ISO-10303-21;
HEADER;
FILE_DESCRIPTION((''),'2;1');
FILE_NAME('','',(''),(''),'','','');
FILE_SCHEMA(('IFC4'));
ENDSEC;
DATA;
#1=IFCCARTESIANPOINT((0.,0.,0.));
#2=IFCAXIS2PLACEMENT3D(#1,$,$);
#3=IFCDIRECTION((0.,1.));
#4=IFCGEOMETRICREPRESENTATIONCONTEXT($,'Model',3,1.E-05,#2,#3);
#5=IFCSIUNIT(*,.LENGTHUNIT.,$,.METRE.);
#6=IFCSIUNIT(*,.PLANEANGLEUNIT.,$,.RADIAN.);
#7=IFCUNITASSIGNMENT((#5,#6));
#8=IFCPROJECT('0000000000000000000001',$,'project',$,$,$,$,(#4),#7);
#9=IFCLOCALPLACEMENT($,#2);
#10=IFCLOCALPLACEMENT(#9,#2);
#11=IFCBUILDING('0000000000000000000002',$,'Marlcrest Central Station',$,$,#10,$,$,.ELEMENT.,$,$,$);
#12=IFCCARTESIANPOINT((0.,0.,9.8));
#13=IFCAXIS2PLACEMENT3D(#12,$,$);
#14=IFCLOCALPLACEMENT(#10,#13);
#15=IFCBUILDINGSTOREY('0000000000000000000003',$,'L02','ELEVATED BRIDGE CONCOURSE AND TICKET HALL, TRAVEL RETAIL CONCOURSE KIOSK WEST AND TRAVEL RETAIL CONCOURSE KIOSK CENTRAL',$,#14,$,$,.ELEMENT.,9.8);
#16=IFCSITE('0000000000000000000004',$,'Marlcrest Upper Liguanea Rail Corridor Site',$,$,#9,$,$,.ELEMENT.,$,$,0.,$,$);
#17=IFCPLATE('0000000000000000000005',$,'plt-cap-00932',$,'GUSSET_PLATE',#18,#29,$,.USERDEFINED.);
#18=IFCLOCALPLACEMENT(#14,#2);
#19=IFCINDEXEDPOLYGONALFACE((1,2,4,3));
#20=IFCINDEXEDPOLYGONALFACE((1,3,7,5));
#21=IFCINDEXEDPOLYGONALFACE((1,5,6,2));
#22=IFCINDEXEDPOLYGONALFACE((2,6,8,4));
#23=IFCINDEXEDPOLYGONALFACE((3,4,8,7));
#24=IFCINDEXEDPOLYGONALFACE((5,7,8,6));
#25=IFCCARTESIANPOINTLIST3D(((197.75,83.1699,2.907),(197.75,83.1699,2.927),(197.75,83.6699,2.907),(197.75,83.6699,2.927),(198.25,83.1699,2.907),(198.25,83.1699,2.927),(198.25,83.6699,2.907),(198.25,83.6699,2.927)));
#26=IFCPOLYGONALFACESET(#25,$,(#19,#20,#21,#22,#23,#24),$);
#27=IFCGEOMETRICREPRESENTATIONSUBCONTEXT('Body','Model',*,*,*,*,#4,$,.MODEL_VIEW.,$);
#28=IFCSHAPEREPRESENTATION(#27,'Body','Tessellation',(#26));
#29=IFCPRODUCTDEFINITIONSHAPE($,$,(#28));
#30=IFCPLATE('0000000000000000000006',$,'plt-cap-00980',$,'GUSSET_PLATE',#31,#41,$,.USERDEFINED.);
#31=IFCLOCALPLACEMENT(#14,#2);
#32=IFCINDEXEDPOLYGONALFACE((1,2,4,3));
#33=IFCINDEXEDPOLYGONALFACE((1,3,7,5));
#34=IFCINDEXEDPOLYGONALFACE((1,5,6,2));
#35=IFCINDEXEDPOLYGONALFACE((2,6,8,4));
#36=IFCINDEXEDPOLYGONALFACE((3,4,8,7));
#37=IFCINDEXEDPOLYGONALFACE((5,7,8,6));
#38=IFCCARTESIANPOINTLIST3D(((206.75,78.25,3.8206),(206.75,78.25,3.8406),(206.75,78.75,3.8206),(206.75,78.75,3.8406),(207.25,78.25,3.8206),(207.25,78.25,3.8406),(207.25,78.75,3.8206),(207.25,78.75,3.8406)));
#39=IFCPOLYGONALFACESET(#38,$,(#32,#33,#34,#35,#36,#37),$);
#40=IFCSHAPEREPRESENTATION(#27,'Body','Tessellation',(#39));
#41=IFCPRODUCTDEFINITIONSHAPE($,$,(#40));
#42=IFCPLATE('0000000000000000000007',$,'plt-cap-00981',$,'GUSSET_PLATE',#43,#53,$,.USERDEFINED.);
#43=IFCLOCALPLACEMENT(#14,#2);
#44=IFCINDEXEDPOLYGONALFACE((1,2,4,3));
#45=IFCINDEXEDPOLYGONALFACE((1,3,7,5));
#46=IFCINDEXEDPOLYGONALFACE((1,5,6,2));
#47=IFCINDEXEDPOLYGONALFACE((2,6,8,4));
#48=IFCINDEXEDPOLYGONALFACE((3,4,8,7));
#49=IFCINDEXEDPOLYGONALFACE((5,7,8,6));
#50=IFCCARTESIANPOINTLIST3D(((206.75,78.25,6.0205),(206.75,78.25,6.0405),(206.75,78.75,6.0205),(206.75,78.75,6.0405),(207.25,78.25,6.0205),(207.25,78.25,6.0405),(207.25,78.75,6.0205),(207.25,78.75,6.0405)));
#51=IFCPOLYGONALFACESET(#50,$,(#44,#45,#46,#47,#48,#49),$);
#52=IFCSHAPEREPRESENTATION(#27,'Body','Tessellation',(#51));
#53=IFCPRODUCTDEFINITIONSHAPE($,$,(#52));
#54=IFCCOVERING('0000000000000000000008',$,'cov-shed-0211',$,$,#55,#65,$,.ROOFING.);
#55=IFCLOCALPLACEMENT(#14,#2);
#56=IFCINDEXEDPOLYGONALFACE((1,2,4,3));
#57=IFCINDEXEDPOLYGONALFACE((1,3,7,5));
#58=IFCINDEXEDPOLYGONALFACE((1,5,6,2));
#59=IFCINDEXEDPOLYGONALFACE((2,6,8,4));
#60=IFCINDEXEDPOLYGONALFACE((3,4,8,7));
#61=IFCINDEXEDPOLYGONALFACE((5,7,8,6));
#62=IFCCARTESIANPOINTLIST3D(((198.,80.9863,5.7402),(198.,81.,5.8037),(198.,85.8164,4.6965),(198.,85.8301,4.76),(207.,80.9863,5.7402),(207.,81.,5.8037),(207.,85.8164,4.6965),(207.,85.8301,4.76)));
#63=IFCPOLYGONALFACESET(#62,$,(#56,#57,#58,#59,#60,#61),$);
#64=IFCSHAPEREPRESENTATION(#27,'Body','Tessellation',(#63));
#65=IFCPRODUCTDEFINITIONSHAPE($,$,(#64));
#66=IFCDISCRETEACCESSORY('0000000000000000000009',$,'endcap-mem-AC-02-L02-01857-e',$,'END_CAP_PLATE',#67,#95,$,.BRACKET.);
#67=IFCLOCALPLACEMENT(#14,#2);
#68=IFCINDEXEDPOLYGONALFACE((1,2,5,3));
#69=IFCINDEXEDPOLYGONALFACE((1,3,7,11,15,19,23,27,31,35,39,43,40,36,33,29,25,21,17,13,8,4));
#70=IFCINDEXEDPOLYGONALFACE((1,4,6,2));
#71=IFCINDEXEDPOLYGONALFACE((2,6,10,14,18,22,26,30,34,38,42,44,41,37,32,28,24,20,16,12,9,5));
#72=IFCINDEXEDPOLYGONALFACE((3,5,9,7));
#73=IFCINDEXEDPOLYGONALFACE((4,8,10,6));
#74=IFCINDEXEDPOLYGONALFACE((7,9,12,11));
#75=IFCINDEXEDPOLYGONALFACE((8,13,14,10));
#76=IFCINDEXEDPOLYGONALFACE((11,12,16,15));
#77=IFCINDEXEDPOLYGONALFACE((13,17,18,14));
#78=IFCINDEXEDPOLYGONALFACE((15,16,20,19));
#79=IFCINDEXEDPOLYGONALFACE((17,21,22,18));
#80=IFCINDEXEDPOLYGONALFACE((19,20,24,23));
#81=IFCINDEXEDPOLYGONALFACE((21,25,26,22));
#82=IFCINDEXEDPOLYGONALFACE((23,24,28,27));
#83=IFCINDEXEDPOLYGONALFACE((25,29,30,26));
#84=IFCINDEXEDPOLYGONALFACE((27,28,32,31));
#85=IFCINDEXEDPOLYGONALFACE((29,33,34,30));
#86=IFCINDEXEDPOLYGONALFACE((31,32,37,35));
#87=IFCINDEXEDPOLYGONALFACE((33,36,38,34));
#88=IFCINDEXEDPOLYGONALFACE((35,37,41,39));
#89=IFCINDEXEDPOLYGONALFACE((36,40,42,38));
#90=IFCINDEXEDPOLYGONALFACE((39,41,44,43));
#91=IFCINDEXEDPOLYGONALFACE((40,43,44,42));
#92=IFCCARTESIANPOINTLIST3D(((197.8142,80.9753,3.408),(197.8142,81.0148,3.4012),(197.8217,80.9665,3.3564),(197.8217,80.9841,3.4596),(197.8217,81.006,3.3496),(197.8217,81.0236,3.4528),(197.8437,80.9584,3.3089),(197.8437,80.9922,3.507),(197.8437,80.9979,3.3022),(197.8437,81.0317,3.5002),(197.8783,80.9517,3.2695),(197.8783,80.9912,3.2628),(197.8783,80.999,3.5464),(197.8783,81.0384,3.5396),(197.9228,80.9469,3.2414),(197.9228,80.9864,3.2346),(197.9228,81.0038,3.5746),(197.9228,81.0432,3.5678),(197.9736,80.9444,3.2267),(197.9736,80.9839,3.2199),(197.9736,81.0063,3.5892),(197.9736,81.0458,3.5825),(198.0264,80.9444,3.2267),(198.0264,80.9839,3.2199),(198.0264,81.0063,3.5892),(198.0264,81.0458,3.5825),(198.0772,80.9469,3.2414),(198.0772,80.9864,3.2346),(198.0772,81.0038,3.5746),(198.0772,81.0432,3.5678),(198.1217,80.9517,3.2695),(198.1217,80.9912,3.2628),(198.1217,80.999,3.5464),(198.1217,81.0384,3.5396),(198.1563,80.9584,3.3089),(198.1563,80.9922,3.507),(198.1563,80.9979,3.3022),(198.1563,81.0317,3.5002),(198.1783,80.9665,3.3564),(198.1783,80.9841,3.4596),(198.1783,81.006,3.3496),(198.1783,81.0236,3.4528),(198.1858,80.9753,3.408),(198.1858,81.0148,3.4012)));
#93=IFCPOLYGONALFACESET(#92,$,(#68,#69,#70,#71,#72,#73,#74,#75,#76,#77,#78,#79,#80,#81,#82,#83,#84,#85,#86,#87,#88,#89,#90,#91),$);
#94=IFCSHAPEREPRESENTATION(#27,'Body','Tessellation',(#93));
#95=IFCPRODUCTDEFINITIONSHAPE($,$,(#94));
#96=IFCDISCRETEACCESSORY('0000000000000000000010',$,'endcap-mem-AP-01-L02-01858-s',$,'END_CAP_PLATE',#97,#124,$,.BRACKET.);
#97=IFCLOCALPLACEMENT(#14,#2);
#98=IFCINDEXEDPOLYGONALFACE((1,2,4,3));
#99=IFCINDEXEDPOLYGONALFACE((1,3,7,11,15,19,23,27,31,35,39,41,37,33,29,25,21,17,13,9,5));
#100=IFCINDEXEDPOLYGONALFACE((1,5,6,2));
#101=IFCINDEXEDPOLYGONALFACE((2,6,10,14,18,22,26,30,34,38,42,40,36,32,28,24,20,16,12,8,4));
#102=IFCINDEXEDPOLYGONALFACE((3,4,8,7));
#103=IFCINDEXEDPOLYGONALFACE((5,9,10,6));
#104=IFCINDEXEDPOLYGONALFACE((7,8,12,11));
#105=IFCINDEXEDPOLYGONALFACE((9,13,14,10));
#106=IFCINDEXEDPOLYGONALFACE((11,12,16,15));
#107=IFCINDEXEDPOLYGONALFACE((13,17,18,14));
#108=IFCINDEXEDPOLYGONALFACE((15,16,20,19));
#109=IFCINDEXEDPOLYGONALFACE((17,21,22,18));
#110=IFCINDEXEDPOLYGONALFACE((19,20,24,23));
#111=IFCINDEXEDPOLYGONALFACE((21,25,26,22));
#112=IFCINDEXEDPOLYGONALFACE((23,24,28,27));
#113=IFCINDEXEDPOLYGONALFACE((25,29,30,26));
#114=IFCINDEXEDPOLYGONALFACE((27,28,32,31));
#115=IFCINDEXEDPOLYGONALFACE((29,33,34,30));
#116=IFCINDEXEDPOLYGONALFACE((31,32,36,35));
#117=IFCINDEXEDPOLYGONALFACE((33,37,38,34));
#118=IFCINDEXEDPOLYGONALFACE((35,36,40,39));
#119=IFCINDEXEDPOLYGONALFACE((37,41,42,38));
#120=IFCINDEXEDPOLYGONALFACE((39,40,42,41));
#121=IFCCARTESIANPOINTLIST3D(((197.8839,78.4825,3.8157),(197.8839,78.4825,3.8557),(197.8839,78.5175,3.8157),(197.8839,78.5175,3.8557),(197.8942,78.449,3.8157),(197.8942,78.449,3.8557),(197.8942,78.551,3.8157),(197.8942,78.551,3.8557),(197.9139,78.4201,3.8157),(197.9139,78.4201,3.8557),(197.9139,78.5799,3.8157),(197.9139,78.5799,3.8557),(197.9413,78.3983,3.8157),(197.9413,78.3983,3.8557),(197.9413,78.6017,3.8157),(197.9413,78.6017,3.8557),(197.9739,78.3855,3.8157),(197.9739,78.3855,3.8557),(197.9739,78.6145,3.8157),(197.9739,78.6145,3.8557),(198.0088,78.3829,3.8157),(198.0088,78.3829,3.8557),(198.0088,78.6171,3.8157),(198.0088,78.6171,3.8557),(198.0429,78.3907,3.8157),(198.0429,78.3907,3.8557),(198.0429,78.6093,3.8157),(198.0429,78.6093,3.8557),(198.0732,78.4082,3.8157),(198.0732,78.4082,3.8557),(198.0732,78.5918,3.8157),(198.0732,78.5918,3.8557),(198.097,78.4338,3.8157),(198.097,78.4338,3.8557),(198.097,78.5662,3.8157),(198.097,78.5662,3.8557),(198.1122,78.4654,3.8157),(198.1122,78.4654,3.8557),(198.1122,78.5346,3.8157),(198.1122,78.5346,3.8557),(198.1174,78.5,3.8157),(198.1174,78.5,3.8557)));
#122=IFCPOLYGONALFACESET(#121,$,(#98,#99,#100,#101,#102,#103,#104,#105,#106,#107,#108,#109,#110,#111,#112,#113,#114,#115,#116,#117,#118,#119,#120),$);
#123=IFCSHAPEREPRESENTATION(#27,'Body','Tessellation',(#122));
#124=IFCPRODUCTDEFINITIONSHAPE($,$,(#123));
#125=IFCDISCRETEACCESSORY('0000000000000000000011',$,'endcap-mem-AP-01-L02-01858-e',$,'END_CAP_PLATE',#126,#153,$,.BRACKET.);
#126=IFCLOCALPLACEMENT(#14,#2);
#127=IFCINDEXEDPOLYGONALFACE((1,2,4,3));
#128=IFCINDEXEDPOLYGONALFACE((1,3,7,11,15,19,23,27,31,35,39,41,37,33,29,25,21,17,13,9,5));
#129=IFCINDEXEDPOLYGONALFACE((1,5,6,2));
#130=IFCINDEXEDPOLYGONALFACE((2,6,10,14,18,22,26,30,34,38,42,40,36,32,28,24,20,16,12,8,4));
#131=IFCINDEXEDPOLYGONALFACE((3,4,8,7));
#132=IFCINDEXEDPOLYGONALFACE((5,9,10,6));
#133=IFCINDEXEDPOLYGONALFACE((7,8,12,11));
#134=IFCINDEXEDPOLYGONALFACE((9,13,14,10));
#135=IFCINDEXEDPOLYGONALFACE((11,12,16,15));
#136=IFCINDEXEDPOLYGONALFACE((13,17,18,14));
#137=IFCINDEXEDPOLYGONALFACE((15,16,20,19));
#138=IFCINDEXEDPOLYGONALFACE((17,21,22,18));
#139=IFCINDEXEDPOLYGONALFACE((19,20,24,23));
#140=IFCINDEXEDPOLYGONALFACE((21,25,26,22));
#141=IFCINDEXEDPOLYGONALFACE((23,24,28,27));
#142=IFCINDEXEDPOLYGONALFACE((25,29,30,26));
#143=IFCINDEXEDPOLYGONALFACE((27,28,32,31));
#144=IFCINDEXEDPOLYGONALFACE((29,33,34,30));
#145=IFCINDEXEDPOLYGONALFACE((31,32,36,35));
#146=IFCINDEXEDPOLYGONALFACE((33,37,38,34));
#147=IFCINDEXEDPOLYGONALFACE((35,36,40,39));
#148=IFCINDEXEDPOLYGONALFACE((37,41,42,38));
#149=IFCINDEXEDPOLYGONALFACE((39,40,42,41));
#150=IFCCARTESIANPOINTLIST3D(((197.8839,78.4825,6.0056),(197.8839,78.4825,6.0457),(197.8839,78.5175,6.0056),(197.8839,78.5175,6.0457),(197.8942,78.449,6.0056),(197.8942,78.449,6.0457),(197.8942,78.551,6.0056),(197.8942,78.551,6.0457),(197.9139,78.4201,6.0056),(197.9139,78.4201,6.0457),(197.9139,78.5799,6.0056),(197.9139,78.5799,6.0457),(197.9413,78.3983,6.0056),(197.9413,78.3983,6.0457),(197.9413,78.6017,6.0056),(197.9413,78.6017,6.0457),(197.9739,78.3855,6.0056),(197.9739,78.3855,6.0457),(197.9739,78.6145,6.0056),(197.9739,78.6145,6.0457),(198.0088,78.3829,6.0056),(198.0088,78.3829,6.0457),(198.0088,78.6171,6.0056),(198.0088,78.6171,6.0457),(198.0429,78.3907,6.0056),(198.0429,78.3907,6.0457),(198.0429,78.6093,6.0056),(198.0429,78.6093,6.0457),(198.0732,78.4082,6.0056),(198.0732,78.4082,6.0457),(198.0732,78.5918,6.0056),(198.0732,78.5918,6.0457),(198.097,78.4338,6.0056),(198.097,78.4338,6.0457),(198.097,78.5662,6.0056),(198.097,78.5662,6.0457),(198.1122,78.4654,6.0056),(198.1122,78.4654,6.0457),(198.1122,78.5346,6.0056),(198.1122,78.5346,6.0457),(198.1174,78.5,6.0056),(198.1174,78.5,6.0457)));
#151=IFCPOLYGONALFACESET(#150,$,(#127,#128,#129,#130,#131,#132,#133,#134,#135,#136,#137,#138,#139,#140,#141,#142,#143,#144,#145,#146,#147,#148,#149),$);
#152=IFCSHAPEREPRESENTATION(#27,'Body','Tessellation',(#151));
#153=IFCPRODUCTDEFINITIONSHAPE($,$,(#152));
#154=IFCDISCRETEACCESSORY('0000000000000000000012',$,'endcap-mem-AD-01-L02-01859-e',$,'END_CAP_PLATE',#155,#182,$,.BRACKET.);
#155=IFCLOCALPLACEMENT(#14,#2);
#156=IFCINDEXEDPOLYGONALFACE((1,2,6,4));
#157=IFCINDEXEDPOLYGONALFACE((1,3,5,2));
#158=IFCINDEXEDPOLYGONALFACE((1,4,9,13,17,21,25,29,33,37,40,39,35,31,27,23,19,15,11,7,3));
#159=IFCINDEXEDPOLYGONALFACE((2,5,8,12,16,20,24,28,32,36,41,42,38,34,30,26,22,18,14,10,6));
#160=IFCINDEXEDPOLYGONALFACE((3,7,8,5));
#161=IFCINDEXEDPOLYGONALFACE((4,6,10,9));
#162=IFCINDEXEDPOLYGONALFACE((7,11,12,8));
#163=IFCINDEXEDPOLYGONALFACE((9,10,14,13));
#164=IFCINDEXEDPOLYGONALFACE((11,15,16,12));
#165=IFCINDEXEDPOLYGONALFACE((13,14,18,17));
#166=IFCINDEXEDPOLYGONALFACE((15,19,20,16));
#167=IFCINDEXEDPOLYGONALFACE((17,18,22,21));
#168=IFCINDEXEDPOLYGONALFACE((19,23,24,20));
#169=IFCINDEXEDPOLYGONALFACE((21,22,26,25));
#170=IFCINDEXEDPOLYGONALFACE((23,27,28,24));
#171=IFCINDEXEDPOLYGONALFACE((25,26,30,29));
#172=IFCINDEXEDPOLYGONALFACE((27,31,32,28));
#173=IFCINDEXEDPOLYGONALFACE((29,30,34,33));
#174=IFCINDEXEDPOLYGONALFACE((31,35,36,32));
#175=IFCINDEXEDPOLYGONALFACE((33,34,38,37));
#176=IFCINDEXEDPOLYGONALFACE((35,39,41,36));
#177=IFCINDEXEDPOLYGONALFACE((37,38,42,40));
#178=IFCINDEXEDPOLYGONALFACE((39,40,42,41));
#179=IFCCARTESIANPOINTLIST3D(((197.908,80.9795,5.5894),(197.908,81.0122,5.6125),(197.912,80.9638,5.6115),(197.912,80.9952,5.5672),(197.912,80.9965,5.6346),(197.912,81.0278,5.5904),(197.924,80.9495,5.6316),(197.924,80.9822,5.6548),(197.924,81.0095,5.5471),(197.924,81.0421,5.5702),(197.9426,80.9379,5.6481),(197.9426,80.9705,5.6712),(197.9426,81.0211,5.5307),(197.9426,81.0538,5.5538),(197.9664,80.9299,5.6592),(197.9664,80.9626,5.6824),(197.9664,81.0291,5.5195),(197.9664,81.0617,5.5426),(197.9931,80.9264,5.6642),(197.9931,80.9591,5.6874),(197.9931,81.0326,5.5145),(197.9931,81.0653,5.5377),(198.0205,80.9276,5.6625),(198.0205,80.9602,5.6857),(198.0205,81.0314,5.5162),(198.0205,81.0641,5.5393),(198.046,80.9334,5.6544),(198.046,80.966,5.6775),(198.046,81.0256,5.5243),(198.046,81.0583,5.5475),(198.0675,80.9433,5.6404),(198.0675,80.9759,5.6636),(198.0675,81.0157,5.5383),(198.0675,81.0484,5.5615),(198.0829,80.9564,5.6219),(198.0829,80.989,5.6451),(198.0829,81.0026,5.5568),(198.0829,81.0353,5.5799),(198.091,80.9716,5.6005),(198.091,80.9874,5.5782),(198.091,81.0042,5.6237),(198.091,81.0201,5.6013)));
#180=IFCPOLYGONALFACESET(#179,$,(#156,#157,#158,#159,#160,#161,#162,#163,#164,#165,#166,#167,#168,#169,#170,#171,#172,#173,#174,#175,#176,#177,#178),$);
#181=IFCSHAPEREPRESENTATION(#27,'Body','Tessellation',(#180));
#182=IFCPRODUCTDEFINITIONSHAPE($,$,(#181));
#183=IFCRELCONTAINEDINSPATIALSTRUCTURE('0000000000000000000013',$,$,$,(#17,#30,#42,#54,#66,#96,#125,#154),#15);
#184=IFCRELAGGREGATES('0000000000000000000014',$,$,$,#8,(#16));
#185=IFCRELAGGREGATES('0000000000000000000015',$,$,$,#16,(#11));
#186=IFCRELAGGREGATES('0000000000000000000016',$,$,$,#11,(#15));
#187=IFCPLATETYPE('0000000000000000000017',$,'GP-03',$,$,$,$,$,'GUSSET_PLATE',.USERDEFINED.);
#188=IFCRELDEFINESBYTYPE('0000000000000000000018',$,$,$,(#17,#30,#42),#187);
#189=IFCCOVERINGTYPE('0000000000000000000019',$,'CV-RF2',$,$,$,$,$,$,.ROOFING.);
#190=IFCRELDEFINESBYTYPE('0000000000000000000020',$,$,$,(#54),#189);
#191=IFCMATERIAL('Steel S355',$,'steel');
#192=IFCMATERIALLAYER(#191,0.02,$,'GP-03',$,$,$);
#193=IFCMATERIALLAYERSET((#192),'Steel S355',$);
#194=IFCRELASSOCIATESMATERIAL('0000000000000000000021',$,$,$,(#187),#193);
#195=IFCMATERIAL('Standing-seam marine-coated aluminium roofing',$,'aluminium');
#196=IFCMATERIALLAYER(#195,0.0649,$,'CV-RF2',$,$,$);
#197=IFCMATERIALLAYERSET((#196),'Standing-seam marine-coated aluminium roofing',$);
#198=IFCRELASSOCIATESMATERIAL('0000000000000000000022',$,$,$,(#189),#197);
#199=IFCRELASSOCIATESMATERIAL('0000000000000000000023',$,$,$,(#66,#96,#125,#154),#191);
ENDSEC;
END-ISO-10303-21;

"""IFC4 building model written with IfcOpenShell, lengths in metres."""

from ifc_helpers import new_model, si_unit, direction, frame, origin, origin_2d, place, context, subcontext, project, spatial, polyline, rectangle, circle, outline, extrude, material, layer, layer_set, type_object, element, save


model = new_model("IFC4")

# Units and contexts
model_context = context("Model", 3, precision=1e-05, world=origin(), true_north=direction((0.0, 1.0)))
body_context = subcontext(model_context, "Body", "Model", "MODEL_VIEW")
ifc_project = project(units=[si_unit("LENGTHUNIT", "METRE"), si_unit("PLANEANGLEUNIT", "RADIAN")], contexts=[model_context])

# Site, building, storey
site_placement = place(None, origin())
site = spatial("IfcSite", under=ifc_project, at=site_placement, Name="Marlcrest Upper Liguanea Rail Corridor Site", CompositionType="ELEMENT", RefElevation=0.0)
building_placement = place(site_placement, origin())
building = spatial("IfcBuilding", under=site, at=building_placement, Name="Marlcrest Central Station", CompositionType="ELEMENT")
storey_placement = place(building_placement, frame((0.0, 0.0, 9.8)))
storey = spatial("IfcBuildingStorey", under=building, at=storey_placement, Name="L02", Description="ELEVATED BRIDGE CONCOURSE AND TICKET HALL, TRAVEL RETAIL CONCOURSE KIOSK WEST AND TRAVEL RETAIL CONCOURSE KIOSK CENTRAL", CompositionType="ELEMENT", Elevation=9.8)

# Shared definitions
ifc_material_1 = material(Name="Steel S355", Category="steel")

# Plates
ifc_layer_1 = layer(ifc_material_1, 0.02, Name="GP-03")
ifc_layer_set_1 = layer_set([ifc_layer_1], Name="Steel S355")
plate_type = type_object("IfcPlateType", Name="GP-03", ElementType="GUSSET_PLATE", PredefinedType="USERDEFINED", material=ifc_layer_set_1)
for number, where, z_axis, x_axis, name in (
    (1, (198.0, 83.4199, 2.907), (0.0, 0.0, 1.0), (1.0, 0.0, 0.0), "plt-cap-00932"),
    (2, (207.0, 78.5, 3.8206), (0.0, 0.0, 1.0), (1.0, 0.0, 0.0), "plt-cap-00980"),
    (3, (207.0, 78.5, 6.0205), (0.0, 0.0, 1.0), (1.0, 0.0, 0.0), "plt-cap-00981"),
):
    element("IfcPlate", number, at=place(storey_placement, frame(where, z_axis=z_axis, x_axis=x_axis)), inside=storey, type_object=plate_type, Name=name, ObjectType="GUSSET_PLATE", PredefinedType="USERDEFINED", context=body_context, shape_type="SweptSolid", body=[
        extrude(rectangle(XDim=0.5, YDim=0.5, at=origin_2d()), origin(), (0.0, 0.0, 1.0), 0.02),
    ])

# Covering
ifc_material_2 = material(Name="Standing-seam marine-coated aluminium roofing", Category="aluminium")
ifc_layer_2 = layer(ifc_material_2, 0.0649, Name="CV-RF2")
ifc_layer_set_2 = layer_set([ifc_layer_2], Name="Standing-seam marine-coated aluminium roofing")
covering_type = type_object("IfcCoveringType", Name="CV-RF2", PredefinedType="ROOFING", material=ifc_layer_set_2)
covering_placement = place(storey_placement, frame((198.0, 81.0, 5.8037), z_axis=(0.0, 0.211209, 0.977441), x_axis=(1.0, 0.0, 0.0)))
element("IfcCovering", 4, at=covering_placement, inside=storey, type_object=covering_type, Name="cov-shed-0211", PredefinedType="ROOFING", context=body_context, shape_type="SweptSolid", body=[
    extrude(outline(polyline([(0.0, 0.0), (9.0, 0.0), (9.0, 4.9416), (0.0, 4.9416), (0.0, 0.0)])), origin(), (0.0, 0.0, -1.0), 0.0649),
])

# Discrete accessories
discrete_accessory_1_placement = place(storey_placement, frame((198.0, 80.9753, 3.408), z_axis=(0.0, 0.985741, -0.168269), x_axis=(-1.0, 0.0, 0.0)))
element("IfcDiscreteAccessory", 5, at=discrete_accessory_1_placement, inside=storey, material=ifc_material_1, Name="endcap-mem-AC-02-L02-01857-e", ObjectType="END_CAP_PLATE", PredefinedType="BRACKET", context=body_context, shape_type="SweptSolid", body=[
    extrude(circle(Radius=0.1858, at=origin_2d()), origin(), (0.0, 0.0, 1.0), 0.04),
])
for number, where, z_axis, x_axis, name in (
    (6, (198.0, 78.5, 3.8157), (0.0, 0.0, 1.0), (1.0, 0.0, 0.0), "endcap-mem-AP-01-L02-01858-s"),
    (7, (198.0, 78.5, 6.0056), (0.0, 0.0, 1.0), (1.0, 0.0, 0.0), "endcap-mem-AP-01-L02-01858-e"),
):
    element("IfcDiscreteAccessory", number, at=place(storey_placement, frame(where, z_axis=z_axis, x_axis=x_axis)), inside=storey, material=ifc_material_1, Name=name, ObjectType="END_CAP_PLATE", PredefinedType="BRACKET", context=body_context, shape_type="SweptSolid", body=[
        extrude(circle(Radius=0.1174, at=origin_2d()), origin(), (0.0, 0.0, 1.0), 0.04),
    ])
discrete_accessory_2_placement = place(storey_placement, frame((198.0, 80.9795, 5.5894), z_axis=(0.0, 0.815661, 0.57853), x_axis=(-1.0, 0.0, 0.0)))
element("IfcDiscreteAccessory", 8, at=discrete_accessory_2_placement, inside=storey, material=ifc_material_1, Name="endcap-mem-AD-01-L02-01859-e", ObjectType="END_CAP_PLATE", PredefinedType="BRACKET", context=body_context, shape_type="SweptSolid", body=[
    extrude(circle(Radius=0.092, at=origin_2d()), origin(), (0.0, 0.0, 1.0), 0.04),
])

save(model, "model.ifc")
